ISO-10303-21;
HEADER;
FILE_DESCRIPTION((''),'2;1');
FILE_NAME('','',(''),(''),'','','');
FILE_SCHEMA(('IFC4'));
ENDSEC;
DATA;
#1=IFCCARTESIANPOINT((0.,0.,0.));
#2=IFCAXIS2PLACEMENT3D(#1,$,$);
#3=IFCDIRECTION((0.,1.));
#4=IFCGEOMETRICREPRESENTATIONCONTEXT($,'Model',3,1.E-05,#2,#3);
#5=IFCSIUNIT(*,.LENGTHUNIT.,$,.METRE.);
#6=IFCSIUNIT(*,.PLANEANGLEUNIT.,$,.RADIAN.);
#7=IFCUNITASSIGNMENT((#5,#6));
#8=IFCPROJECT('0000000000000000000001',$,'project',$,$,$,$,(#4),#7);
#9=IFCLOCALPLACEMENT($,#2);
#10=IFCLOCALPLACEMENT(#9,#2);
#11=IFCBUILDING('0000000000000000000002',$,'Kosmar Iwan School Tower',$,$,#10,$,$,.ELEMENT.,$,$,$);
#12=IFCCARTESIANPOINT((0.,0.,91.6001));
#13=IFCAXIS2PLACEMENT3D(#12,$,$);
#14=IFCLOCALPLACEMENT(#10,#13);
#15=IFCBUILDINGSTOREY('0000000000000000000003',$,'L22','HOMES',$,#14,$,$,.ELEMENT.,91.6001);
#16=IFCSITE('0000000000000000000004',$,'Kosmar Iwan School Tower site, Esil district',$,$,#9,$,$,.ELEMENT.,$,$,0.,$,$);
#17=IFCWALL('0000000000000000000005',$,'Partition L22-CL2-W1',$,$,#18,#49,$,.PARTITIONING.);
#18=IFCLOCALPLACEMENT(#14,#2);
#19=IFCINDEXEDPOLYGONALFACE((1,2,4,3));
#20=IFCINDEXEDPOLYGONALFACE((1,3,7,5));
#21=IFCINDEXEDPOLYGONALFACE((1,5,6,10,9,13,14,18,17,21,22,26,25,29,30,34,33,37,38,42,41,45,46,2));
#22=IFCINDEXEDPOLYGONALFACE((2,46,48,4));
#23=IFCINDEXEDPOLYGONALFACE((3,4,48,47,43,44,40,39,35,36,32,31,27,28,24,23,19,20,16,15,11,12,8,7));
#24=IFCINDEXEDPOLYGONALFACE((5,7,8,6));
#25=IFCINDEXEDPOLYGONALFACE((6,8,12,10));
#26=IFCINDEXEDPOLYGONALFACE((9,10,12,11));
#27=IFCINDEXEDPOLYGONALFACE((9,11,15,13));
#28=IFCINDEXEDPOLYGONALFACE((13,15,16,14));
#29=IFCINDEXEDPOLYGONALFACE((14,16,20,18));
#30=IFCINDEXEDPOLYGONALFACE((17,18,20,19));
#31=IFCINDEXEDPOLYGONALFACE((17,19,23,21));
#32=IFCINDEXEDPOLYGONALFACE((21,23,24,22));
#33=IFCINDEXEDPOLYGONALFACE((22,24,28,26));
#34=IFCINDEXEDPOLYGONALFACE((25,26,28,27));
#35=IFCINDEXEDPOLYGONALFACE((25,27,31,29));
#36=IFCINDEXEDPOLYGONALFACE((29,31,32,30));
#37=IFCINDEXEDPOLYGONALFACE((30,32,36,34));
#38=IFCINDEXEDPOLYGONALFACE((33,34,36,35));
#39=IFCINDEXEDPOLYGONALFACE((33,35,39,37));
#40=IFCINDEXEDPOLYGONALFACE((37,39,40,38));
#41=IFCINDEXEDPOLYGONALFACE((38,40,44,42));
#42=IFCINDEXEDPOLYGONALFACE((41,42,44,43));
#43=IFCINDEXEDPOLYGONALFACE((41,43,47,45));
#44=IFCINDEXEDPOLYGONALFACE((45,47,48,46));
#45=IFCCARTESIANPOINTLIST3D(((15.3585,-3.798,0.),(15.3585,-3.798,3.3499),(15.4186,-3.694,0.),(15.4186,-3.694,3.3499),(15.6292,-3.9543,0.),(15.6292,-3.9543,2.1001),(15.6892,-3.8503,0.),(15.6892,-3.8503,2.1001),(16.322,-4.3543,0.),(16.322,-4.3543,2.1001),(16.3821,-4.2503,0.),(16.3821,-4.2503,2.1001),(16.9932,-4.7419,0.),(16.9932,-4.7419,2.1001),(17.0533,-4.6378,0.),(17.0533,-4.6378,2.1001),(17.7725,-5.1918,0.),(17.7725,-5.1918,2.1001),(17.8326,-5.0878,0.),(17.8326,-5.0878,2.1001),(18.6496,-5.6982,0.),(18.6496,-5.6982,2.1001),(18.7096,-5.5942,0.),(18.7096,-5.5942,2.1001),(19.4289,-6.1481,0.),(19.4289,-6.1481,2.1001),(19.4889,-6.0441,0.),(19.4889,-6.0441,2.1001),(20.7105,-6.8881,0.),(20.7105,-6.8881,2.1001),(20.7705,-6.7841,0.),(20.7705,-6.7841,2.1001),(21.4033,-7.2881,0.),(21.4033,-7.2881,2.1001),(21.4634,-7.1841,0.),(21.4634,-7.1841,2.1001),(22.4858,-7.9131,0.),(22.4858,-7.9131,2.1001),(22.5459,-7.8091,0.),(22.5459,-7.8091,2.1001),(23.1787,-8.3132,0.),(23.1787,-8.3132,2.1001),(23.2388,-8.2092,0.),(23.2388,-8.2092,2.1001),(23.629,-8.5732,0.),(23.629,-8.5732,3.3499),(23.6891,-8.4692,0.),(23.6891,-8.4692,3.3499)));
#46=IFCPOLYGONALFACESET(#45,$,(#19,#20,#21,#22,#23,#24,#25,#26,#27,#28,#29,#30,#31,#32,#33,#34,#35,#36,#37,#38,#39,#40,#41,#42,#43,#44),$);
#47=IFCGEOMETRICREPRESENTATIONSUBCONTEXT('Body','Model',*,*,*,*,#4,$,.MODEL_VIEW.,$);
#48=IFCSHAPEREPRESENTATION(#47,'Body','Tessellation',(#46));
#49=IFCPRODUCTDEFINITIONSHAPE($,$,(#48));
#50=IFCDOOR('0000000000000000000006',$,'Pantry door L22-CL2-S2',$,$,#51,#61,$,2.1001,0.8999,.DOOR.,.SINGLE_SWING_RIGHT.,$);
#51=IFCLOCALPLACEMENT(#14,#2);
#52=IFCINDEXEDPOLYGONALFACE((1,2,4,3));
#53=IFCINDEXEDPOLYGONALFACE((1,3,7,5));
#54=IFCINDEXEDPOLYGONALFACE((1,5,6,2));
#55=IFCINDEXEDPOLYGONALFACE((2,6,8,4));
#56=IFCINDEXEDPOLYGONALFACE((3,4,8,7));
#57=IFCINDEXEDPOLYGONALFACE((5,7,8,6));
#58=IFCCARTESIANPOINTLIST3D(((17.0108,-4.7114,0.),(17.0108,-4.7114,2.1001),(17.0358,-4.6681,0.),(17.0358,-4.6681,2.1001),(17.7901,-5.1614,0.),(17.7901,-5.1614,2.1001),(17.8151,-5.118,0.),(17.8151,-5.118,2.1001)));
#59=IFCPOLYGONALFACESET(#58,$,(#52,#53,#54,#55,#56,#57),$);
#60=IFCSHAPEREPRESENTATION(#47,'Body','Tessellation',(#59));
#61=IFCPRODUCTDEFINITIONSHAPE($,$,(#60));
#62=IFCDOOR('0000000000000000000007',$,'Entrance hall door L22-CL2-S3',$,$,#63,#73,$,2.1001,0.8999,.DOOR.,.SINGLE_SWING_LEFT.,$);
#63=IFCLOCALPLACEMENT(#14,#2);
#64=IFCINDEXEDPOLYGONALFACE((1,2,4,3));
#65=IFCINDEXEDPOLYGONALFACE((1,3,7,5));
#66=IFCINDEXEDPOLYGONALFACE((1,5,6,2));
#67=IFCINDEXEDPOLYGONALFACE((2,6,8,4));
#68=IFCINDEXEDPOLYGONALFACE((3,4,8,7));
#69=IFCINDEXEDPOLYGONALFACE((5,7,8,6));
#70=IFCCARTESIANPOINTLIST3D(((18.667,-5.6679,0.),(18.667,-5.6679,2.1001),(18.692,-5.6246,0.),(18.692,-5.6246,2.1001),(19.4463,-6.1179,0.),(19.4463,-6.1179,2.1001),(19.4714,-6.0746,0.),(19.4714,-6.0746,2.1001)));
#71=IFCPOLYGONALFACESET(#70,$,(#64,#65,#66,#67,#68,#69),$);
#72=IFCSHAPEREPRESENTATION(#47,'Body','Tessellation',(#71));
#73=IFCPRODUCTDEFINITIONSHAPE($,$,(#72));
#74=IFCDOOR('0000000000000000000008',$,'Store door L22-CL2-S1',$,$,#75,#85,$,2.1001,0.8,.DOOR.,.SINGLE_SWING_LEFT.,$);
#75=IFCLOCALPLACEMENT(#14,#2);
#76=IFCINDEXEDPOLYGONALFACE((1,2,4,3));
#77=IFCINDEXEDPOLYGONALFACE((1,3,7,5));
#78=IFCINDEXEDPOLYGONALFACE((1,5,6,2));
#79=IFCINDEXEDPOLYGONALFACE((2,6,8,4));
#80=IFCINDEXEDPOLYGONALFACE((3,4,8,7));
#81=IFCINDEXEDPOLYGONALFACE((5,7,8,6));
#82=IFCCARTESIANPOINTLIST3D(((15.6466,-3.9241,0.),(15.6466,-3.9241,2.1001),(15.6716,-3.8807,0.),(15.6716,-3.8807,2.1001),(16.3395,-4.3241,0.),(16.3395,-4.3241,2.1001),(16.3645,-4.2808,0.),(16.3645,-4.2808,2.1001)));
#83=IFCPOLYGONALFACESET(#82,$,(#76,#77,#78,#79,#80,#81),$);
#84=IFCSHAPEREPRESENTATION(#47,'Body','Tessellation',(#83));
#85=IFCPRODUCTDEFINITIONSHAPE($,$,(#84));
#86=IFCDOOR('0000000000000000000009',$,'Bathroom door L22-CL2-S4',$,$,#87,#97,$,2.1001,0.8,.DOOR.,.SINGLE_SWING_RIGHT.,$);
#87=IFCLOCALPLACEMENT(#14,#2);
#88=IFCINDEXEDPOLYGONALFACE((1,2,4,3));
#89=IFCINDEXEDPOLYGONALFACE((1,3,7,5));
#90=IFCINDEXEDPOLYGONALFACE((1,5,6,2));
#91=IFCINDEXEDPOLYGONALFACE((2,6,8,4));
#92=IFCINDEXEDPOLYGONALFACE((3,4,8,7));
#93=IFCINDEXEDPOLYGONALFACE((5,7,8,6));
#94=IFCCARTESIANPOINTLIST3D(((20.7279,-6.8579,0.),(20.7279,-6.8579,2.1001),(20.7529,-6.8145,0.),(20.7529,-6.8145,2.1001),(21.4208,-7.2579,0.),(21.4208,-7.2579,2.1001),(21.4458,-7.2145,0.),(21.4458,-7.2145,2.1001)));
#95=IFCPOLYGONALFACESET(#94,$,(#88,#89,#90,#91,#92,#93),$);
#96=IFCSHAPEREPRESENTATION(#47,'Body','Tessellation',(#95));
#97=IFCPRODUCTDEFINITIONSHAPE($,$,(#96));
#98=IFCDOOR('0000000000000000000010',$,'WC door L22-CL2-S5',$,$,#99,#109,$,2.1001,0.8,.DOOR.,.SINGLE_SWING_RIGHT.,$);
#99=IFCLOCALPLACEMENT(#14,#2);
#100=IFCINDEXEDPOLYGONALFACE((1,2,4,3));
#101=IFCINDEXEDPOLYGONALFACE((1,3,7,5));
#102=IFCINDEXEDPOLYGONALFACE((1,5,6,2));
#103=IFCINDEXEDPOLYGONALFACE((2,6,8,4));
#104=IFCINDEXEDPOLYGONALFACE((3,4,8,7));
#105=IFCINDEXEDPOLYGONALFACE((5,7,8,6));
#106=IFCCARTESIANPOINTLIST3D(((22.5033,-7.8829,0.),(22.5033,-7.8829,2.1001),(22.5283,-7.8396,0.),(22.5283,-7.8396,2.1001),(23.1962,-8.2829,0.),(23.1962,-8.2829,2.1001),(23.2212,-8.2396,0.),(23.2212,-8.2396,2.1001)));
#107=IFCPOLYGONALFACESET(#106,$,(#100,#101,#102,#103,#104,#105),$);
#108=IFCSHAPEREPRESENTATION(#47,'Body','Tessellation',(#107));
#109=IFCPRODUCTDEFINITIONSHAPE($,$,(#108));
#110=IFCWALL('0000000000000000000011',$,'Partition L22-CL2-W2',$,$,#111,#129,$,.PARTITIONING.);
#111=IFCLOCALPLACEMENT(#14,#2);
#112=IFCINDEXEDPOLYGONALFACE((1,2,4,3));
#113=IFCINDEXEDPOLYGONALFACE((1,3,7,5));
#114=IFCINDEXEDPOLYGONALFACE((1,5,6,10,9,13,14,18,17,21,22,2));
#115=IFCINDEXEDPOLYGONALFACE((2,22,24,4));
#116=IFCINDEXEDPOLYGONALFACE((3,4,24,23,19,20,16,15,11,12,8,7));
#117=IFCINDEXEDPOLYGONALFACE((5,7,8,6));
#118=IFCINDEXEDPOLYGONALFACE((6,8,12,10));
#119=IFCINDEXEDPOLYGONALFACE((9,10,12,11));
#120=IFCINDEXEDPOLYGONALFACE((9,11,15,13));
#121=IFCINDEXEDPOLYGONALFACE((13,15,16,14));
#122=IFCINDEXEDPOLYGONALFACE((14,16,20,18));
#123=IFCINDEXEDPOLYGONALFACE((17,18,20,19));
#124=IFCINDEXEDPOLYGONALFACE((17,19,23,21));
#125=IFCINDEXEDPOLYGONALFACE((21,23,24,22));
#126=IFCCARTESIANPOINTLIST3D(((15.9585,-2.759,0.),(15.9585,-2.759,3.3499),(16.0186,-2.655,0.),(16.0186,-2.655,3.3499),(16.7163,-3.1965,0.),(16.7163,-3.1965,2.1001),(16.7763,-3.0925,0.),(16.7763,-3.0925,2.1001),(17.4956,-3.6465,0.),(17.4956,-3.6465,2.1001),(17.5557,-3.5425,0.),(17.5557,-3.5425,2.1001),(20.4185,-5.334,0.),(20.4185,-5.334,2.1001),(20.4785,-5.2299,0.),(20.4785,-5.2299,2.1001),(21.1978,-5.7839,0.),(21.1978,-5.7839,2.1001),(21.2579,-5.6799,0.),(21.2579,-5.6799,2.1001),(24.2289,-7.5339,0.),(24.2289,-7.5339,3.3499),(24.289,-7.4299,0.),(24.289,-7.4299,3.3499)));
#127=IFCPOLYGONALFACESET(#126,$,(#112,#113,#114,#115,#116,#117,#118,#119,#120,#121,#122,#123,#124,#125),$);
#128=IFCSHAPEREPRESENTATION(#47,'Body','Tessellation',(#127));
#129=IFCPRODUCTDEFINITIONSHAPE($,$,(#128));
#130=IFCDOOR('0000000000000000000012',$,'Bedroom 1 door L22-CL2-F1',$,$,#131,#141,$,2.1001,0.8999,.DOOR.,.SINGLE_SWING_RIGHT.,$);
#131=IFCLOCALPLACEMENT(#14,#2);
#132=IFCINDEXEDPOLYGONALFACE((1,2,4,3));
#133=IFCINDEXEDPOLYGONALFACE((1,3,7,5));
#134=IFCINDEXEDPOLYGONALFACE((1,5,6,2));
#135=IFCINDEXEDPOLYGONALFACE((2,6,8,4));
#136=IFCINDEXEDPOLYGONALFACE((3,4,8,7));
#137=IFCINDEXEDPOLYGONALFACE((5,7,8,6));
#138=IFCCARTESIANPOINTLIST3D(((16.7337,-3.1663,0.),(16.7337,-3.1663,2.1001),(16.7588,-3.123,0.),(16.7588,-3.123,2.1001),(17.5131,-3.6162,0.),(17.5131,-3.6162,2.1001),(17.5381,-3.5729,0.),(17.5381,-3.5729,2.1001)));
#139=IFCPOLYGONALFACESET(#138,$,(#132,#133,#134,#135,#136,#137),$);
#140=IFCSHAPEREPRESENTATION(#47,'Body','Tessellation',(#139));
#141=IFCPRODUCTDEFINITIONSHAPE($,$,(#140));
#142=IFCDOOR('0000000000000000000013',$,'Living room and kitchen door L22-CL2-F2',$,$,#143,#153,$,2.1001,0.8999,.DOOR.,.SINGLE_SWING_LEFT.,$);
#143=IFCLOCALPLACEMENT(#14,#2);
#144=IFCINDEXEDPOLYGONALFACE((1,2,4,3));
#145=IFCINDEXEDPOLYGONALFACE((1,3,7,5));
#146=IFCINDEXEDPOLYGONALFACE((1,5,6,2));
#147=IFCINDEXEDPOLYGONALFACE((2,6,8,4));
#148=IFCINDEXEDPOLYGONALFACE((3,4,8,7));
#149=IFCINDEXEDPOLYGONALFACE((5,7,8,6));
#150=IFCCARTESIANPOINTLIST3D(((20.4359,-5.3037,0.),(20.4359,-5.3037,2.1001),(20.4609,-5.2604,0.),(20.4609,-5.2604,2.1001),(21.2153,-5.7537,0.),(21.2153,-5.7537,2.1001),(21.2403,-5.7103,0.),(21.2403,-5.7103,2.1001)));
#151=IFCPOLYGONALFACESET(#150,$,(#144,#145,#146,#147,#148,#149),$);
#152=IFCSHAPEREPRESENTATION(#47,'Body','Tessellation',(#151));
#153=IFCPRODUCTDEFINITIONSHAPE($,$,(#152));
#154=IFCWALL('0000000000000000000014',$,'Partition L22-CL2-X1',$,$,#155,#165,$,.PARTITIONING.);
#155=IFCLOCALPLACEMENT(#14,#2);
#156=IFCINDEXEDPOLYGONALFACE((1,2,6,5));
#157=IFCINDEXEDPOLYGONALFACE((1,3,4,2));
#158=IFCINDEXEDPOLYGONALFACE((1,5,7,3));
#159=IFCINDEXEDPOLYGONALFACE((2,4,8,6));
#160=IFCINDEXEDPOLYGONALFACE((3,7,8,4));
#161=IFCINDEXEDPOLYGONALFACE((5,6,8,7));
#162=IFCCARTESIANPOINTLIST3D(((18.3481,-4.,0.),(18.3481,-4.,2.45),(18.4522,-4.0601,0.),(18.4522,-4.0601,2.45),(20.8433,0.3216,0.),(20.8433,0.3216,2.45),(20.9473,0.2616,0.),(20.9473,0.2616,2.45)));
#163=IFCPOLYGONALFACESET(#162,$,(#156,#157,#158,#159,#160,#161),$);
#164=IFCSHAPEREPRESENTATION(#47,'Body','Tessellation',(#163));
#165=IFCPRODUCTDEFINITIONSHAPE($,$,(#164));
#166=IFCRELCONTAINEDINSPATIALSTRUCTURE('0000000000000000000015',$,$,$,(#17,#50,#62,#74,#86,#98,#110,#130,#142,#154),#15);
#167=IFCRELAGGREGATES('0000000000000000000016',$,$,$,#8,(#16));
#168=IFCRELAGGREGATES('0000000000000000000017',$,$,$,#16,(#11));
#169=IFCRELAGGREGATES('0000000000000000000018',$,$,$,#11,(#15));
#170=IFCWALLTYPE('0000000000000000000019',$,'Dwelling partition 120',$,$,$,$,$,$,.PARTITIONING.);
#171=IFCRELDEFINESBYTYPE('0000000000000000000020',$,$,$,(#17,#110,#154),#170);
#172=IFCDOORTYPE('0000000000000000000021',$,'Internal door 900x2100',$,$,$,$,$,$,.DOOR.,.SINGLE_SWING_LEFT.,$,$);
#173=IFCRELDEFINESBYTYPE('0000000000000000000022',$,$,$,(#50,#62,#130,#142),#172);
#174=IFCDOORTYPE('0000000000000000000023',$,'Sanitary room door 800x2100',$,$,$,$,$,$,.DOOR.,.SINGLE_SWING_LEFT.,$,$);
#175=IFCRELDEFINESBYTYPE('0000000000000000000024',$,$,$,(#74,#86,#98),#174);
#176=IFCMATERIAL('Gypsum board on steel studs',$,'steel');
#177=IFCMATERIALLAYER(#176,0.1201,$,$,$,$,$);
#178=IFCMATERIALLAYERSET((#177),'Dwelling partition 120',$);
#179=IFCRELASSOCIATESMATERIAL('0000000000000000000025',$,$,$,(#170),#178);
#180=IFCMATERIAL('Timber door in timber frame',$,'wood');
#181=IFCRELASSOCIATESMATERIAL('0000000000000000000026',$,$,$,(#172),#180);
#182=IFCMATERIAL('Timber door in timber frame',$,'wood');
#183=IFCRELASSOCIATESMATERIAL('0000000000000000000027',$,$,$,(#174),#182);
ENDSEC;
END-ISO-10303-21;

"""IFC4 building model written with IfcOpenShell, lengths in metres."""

from ifc_helpers import new_model, si_unit, direction, frame, frame_2d, origin, place, context, subcontext, project, spatial, rectangle, extrude, material, layer, layer_set, type_object, element, fill, save


model = new_model("IFC4")

# Units and contexts
model_context = context("Model", 3, precision=1e-05, world=origin(), true_north=direction((0.0, 1.0)))
body_context = subcontext(model_context, "Body", "Model", "MODEL_VIEW")
ifc_project = project(units=[si_unit("LENGTHUNIT", "METRE"), si_unit("PLANEANGLEUNIT", "RADIAN")], contexts=[model_context])

# Site, building, storey
site_placement = place(None, origin())
site = spatial("IfcSite", under=ifc_project, at=site_placement, Name="Kosmar Iwan School Tower site, Esil district", CompositionType="ELEMENT", RefElevation=0.0)
building_placement = place(site_placement, origin())
building = spatial("IfcBuilding", under=site, at=building_placement, Name="Kosmar Iwan School Tower", CompositionType="ELEMENT")
storey_placement = place(building_placement, frame((0.0, 0.0, 91.6001)))
storey = spatial("IfcBuildingStorey", under=building, at=storey_placement, Name="L22", Description="HOMES", CompositionType="ELEMENT", Elevation=91.6001)

# Shared definitions
ifc_material_1 = material(Name="Gypsum board on steel studs", Category="steel")
ifc_layer = layer(ifc_material_1, 0.1201)
ifc_layer_set = layer_set([ifc_layer], Name="Dwelling partition 120")
wall_type = type_object("IfcWallType", Name="Dwelling partition 120", PredefinedType="PARTITIONING", material=ifc_layer_set)

# Walls, openings, doors
wall_1_placement = place(storey_placement, frame((15.3887, -3.7461, 0.0), z_axis=(0.0, 0.0, 1.0), x_axis=(0.866018, -0.500013, 0.0)))
wall_1 = element("IfcWall", 1, at=wall_1_placement, inside=storey, type_object=wall_type, Name="Partition L22-CL2-W1", PredefinedType="PARTITIONING", context=body_context, shape_type="SweptSolid", body=[
    extrude(rectangle(XDim=9.55, YDim=0.1201, at=frame_2d((4.7749, 0.0))), origin(), (0.0, 0.0, 1.0), 3.3499),
])
opening_1_placement = place(wall_1_placement, frame((0.3125, 0.0, 0.0)))
opening_1 = element("IfcOpeningElement", 2, at=opening_1_placement, cuts=wall_1, PredefinedType="OPENING", context=body_context, shape_type="SweptSolid", body=[
    extrude(rectangle(XDim=0.8, YDim=2.1001, at=frame_2d((0.3999, 1.05))), frame((0.0, 0.072, 0.0), z_axis=(0.0, -1.0, 0.0), x_axis=(1.0, 0.0, 0.0)), (0.0, 0.0, 1.0), 0.144),
])
opening_2_placement = place(wall_1_placement, frame((1.8875, 0.0, 0.0)))
opening_2 = element("IfcOpeningElement", 3, at=opening_2_placement, cuts=wall_1, PredefinedType="OPENING", context=body_context, shape_type="SweptSolid", body=[
    extrude(rectangle(XDim=0.8999, YDim=2.1001, at=frame_2d((0.45, 1.05))), frame((0.0, 0.072, 0.0), z_axis=(0.0, -1.0, 0.0), x_axis=(1.0, 0.0, 0.0)), (0.0, 0.0, 1.0), 0.144),
])
opening_3_placement = place(wall_1_placement, frame((3.8, 0.0, 0.0)))
opening_3 = element("IfcOpeningElement", 4, at=opening_3_placement, cuts=wall_1, PredefinedType="OPENING", context=body_context, shape_type="SweptSolid", body=[
    extrude(rectangle(XDim=0.8999, YDim=2.1001, at=frame_2d((0.45, 1.05))), frame((0.0, 0.072, 0.0), z_axis=(0.0, -1.0, 0.0), x_axis=(1.0, 0.0, 0.0)), (0.0, 0.0, 1.0), 0.144),
])
opening_4_placement = place(wall_1_placement, frame((6.1799, 0.0, 0.0)))
opening_4 = element("IfcOpeningElement", 5, at=opening_4_placement, cuts=wall_1, PredefinedType="OPENING", context=body_context, shape_type="SweptSolid", body=[
    extrude(rectangle(XDim=0.8, YDim=2.1001, at=frame_2d((0.3999, 1.05))), frame((0.0, 0.072, 0.0), z_axis=(0.0, -1.0, 0.0), x_axis=(1.0, 0.0, 0.0)), (0.0, 0.0, 1.0), 0.144),
])
opening_5_placement = place(wall_1_placement, frame((8.23, 0.0, 0.0)))
opening_5 = element("IfcOpeningElement", 6, at=opening_5_placement, cuts=wall_1, PredefinedType="OPENING", context=body_context, shape_type="SweptSolid", body=[
    extrude(rectangle(XDim=0.8, YDim=2.1001, at=frame_2d((0.3999, 1.05))), frame((0.0, 0.072, 0.0), z_axis=(0.0, -1.0, 0.0), x_axis=(1.0, 0.0, 0.0)), (0.0, 0.0, 1.0), 0.144),
])
ifc_material_2 = material(Name="Timber door in timber frame", Category="wood")
door_type_1 = type_object("IfcDoorType", Name="Internal door 900x2100", OperationType="SINGLE_SWING_LEFT", PredefinedType="DOOR", material=ifc_material_2)
door_1_placement = place(opening_2_placement, frame((0.8999, 0.0, 0.0), z_axis=(0.0, 0.0, 1.0), x_axis=(-1.0, 0.0, 0.0)))
door_1 = element("IfcDoor", 7, at=door_1_placement, inside=storey, type_object=door_type_1, Name="Pantry door L22-CL2-S2", OperationType="SINGLE_SWING_RIGHT", OverallHeight=2.1001, OverallWidth=0.8999, PredefinedType="DOOR", context=body_context, shape_type="SweptSolid", body=[
    extrude(rectangle(XDim=0.8999, YDim=2.1001, at=frame_2d((0.45, 1.05))), frame((0.0, 0.0249, 0.0), z_axis=(0.0, -1.0, 0.0), x_axis=(1.0, 0.0, 0.0)), (0.0, 0.0, 1.0), 0.05),
])
fill(opening_2, door_1)
door_2_placement = place(opening_3_placement, origin())
door_2 = element("IfcDoor", 8, at=door_2_placement, inside=storey, type_object=door_type_1, Name="Entrance hall door L22-CL2-S3", OperationType="SINGLE_SWING_LEFT", OverallHeight=2.1001, OverallWidth=0.8999, PredefinedType="DOOR", context=body_context, shape_type="SweptSolid", body=[
    extrude(rectangle(XDim=0.8999, YDim=2.1001, at=frame_2d((0.45, 1.05))), frame((0.0, 0.0249, 0.0), z_axis=(0.0, -1.0, 0.0), x_axis=(1.0, 0.0, 0.0)), (0.0, 0.0, 1.0), 0.05),
])
fill(opening_3, door_2)
ifc_material_3 = material(Name="Timber door in timber frame", Category="wood")
door_type_2 = type_object("IfcDoorType", Name="Sanitary room door 800x2100", OperationType="SINGLE_SWING_LEFT", PredefinedType="DOOR", material=ifc_material_3)
door_3_placement = place(opening_1_placement, origin())
door_3 = element("IfcDoor", 9, at=door_3_placement, inside=storey, type_object=door_type_2, Name="Store door L22-CL2-S1", OperationType="SINGLE_SWING_LEFT", OverallHeight=2.1001, OverallWidth=0.8, PredefinedType="DOOR", context=body_context, shape_type="SweptSolid", body=[
    extrude(rectangle(XDim=0.8, YDim=2.1001, at=frame_2d((0.3999, 1.05))), frame((0.0, 0.0249, 0.0), z_axis=(0.0, -1.0, 0.0), x_axis=(1.0, 0.0, 0.0)), (0.0, 0.0, 1.0), 0.05),
])
fill(opening_1, door_3)
door_4_placement = place(opening_4_placement, origin())
door_4 = element("IfcDoor", 10, at=door_4_placement, inside=storey, type_object=door_type_2, Name="Bathroom door L22-CL2-S4", OperationType="SINGLE_SWING_RIGHT", OverallHeight=2.1001, OverallWidth=0.8, PredefinedType="DOOR", context=body_context, shape_type="SweptSolid", body=[
    extrude(rectangle(XDim=0.8, YDim=2.1001, at=frame_2d((0.3999, 1.05))), frame((0.0, 0.0249, 0.0), z_axis=(0.0, -1.0, 0.0), x_axis=(1.0, 0.0, 0.0)), (0.0, 0.0, 1.0), 0.05),
])
fill(opening_4, door_4)
door_5_placement = place(opening_5_placement, origin())
door_5 = element("IfcDoor", 11, at=door_5_placement, inside=storey, type_object=door_type_2, Name="WC door L22-CL2-S5", OperationType="SINGLE_SWING_RIGHT", OverallHeight=2.1001, OverallWidth=0.8, PredefinedType="DOOR", context=body_context, shape_type="SweptSolid", body=[
    extrude(rectangle(XDim=0.8, YDim=2.1001, at=frame_2d((0.3999, 1.05))), frame((0.0, 0.0249, 0.0), z_axis=(0.0, -1.0, 0.0), x_axis=(1.0, 0.0, 0.0)), (0.0, 0.0, 1.0), 0.05),
])
fill(opening_5, door_5)
wall_2_placement = place(storey_placement, frame((15.9885, -2.707, 0.0), z_axis=(0.0, 0.0, 1.0), x_axis=(0.866029, -0.499994, 0.0)))
wall_2 = element("IfcWall", 12, at=wall_2_placement, inside=storey, type_object=wall_type, Name="Partition L22-CL2-W2", PredefinedType="PARTITIONING", context=body_context, shape_type="SweptSolid", body=[
    extrude(rectangle(XDim=9.5498, YDim=0.1201, at=frame_2d((4.7749, 0.0))), origin(), (0.0, 0.0, 1.0), 3.3499),
])
opening_6_placement = place(wall_2_placement, frame((0.875, 0.0, 0.0)))
opening_6 = element("IfcOpeningElement", 13, at=opening_6_placement, cuts=wall_2, PredefinedType="OPENING", context=body_context, shape_type="SweptSolid", body=[
    extrude(rectangle(XDim=0.8999, YDim=2.1001, at=frame_2d((0.45, 1.05))), frame((0.0, 0.072, 0.0), z_axis=(0.0, -1.0, 0.0), x_axis=(1.0, 0.0, 0.0)), (0.0, 0.0, 1.0), 0.144),
])
opening_7_placement = place(wall_2_placement, frame((5.1499, 0.0, 0.0)))
opening_7 = element("IfcOpeningElement", 14, at=opening_7_placement, cuts=wall_2, PredefinedType="OPENING", context=body_context, shape_type="SweptSolid", body=[
    extrude(rectangle(XDim=0.8999, YDim=2.1001, at=frame_2d((0.45, 1.05))), frame((0.0, 0.072, 0.0), z_axis=(0.0, -1.0, 0.0), x_axis=(1.0, 0.0, 0.0)), (0.0, 0.0, 1.0), 0.144),
])
door_6_placement = place(opening_6_placement, origin())
door_6 = element("IfcDoor", 15, at=door_6_placement, inside=storey, type_object=door_type_1, Name="Bedroom 1 door L22-CL2-F1", OperationType="SINGLE_SWING_RIGHT", OverallHeight=2.1001, OverallWidth=0.8999, PredefinedType="DOOR", context=body_context, shape_type="SweptSolid", body=[
    extrude(rectangle(XDim=0.8999, YDim=2.1001, at=frame_2d((0.45, 1.05))), frame((0.0, 0.0249, 0.0), z_axis=(0.0, -1.0, 0.0), x_axis=(1.0, 0.0, 0.0)), (0.0, 0.0, 1.0), 0.05),
])
fill(opening_6, door_6)
door_7_placement = place(opening_7_placement, origin())
door_7 = element("IfcDoor", 16, at=door_7_placement, inside=storey, type_object=door_type_1, Name="Living room and kitchen door L22-CL2-F2", OperationType="SINGLE_SWING_LEFT", OverallHeight=2.1001, OverallWidth=0.8999, PredefinedType="DOOR", context=body_context, shape_type="SweptSolid", body=[
    extrude(rectangle(XDim=0.8999, YDim=2.1001, at=frame_2d((0.45, 1.05))), frame((0.0, 0.0249, 0.0), z_axis=(0.0, -1.0, 0.0), x_axis=(1.0, 0.0, 0.0)), (0.0, 0.0, 1.0), 0.05),
])
fill(opening_7, door_7)

# Wall
wall_3_placement = place(storey_placement, frame((18.4001, -4.03, 0.0), z_axis=(0.0, 0.0, 1.0), x_axis=(0.500012, 0.866019, 0.0)))
element("IfcWall", 17, at=wall_3_placement, inside=storey, type_object=wall_type, Name="Partition L22-CL2-X1", PredefinedType="PARTITIONING", context=body_context, shape_type="SweptSolid", body=[
    extrude(rectangle(XDim=4.9902, YDim=0.1201, at=frame_2d((2.4951, 0.0))), origin(), (0.0, 0.0, 1.0), 2.45),
])

save(model, "model.ifc")
